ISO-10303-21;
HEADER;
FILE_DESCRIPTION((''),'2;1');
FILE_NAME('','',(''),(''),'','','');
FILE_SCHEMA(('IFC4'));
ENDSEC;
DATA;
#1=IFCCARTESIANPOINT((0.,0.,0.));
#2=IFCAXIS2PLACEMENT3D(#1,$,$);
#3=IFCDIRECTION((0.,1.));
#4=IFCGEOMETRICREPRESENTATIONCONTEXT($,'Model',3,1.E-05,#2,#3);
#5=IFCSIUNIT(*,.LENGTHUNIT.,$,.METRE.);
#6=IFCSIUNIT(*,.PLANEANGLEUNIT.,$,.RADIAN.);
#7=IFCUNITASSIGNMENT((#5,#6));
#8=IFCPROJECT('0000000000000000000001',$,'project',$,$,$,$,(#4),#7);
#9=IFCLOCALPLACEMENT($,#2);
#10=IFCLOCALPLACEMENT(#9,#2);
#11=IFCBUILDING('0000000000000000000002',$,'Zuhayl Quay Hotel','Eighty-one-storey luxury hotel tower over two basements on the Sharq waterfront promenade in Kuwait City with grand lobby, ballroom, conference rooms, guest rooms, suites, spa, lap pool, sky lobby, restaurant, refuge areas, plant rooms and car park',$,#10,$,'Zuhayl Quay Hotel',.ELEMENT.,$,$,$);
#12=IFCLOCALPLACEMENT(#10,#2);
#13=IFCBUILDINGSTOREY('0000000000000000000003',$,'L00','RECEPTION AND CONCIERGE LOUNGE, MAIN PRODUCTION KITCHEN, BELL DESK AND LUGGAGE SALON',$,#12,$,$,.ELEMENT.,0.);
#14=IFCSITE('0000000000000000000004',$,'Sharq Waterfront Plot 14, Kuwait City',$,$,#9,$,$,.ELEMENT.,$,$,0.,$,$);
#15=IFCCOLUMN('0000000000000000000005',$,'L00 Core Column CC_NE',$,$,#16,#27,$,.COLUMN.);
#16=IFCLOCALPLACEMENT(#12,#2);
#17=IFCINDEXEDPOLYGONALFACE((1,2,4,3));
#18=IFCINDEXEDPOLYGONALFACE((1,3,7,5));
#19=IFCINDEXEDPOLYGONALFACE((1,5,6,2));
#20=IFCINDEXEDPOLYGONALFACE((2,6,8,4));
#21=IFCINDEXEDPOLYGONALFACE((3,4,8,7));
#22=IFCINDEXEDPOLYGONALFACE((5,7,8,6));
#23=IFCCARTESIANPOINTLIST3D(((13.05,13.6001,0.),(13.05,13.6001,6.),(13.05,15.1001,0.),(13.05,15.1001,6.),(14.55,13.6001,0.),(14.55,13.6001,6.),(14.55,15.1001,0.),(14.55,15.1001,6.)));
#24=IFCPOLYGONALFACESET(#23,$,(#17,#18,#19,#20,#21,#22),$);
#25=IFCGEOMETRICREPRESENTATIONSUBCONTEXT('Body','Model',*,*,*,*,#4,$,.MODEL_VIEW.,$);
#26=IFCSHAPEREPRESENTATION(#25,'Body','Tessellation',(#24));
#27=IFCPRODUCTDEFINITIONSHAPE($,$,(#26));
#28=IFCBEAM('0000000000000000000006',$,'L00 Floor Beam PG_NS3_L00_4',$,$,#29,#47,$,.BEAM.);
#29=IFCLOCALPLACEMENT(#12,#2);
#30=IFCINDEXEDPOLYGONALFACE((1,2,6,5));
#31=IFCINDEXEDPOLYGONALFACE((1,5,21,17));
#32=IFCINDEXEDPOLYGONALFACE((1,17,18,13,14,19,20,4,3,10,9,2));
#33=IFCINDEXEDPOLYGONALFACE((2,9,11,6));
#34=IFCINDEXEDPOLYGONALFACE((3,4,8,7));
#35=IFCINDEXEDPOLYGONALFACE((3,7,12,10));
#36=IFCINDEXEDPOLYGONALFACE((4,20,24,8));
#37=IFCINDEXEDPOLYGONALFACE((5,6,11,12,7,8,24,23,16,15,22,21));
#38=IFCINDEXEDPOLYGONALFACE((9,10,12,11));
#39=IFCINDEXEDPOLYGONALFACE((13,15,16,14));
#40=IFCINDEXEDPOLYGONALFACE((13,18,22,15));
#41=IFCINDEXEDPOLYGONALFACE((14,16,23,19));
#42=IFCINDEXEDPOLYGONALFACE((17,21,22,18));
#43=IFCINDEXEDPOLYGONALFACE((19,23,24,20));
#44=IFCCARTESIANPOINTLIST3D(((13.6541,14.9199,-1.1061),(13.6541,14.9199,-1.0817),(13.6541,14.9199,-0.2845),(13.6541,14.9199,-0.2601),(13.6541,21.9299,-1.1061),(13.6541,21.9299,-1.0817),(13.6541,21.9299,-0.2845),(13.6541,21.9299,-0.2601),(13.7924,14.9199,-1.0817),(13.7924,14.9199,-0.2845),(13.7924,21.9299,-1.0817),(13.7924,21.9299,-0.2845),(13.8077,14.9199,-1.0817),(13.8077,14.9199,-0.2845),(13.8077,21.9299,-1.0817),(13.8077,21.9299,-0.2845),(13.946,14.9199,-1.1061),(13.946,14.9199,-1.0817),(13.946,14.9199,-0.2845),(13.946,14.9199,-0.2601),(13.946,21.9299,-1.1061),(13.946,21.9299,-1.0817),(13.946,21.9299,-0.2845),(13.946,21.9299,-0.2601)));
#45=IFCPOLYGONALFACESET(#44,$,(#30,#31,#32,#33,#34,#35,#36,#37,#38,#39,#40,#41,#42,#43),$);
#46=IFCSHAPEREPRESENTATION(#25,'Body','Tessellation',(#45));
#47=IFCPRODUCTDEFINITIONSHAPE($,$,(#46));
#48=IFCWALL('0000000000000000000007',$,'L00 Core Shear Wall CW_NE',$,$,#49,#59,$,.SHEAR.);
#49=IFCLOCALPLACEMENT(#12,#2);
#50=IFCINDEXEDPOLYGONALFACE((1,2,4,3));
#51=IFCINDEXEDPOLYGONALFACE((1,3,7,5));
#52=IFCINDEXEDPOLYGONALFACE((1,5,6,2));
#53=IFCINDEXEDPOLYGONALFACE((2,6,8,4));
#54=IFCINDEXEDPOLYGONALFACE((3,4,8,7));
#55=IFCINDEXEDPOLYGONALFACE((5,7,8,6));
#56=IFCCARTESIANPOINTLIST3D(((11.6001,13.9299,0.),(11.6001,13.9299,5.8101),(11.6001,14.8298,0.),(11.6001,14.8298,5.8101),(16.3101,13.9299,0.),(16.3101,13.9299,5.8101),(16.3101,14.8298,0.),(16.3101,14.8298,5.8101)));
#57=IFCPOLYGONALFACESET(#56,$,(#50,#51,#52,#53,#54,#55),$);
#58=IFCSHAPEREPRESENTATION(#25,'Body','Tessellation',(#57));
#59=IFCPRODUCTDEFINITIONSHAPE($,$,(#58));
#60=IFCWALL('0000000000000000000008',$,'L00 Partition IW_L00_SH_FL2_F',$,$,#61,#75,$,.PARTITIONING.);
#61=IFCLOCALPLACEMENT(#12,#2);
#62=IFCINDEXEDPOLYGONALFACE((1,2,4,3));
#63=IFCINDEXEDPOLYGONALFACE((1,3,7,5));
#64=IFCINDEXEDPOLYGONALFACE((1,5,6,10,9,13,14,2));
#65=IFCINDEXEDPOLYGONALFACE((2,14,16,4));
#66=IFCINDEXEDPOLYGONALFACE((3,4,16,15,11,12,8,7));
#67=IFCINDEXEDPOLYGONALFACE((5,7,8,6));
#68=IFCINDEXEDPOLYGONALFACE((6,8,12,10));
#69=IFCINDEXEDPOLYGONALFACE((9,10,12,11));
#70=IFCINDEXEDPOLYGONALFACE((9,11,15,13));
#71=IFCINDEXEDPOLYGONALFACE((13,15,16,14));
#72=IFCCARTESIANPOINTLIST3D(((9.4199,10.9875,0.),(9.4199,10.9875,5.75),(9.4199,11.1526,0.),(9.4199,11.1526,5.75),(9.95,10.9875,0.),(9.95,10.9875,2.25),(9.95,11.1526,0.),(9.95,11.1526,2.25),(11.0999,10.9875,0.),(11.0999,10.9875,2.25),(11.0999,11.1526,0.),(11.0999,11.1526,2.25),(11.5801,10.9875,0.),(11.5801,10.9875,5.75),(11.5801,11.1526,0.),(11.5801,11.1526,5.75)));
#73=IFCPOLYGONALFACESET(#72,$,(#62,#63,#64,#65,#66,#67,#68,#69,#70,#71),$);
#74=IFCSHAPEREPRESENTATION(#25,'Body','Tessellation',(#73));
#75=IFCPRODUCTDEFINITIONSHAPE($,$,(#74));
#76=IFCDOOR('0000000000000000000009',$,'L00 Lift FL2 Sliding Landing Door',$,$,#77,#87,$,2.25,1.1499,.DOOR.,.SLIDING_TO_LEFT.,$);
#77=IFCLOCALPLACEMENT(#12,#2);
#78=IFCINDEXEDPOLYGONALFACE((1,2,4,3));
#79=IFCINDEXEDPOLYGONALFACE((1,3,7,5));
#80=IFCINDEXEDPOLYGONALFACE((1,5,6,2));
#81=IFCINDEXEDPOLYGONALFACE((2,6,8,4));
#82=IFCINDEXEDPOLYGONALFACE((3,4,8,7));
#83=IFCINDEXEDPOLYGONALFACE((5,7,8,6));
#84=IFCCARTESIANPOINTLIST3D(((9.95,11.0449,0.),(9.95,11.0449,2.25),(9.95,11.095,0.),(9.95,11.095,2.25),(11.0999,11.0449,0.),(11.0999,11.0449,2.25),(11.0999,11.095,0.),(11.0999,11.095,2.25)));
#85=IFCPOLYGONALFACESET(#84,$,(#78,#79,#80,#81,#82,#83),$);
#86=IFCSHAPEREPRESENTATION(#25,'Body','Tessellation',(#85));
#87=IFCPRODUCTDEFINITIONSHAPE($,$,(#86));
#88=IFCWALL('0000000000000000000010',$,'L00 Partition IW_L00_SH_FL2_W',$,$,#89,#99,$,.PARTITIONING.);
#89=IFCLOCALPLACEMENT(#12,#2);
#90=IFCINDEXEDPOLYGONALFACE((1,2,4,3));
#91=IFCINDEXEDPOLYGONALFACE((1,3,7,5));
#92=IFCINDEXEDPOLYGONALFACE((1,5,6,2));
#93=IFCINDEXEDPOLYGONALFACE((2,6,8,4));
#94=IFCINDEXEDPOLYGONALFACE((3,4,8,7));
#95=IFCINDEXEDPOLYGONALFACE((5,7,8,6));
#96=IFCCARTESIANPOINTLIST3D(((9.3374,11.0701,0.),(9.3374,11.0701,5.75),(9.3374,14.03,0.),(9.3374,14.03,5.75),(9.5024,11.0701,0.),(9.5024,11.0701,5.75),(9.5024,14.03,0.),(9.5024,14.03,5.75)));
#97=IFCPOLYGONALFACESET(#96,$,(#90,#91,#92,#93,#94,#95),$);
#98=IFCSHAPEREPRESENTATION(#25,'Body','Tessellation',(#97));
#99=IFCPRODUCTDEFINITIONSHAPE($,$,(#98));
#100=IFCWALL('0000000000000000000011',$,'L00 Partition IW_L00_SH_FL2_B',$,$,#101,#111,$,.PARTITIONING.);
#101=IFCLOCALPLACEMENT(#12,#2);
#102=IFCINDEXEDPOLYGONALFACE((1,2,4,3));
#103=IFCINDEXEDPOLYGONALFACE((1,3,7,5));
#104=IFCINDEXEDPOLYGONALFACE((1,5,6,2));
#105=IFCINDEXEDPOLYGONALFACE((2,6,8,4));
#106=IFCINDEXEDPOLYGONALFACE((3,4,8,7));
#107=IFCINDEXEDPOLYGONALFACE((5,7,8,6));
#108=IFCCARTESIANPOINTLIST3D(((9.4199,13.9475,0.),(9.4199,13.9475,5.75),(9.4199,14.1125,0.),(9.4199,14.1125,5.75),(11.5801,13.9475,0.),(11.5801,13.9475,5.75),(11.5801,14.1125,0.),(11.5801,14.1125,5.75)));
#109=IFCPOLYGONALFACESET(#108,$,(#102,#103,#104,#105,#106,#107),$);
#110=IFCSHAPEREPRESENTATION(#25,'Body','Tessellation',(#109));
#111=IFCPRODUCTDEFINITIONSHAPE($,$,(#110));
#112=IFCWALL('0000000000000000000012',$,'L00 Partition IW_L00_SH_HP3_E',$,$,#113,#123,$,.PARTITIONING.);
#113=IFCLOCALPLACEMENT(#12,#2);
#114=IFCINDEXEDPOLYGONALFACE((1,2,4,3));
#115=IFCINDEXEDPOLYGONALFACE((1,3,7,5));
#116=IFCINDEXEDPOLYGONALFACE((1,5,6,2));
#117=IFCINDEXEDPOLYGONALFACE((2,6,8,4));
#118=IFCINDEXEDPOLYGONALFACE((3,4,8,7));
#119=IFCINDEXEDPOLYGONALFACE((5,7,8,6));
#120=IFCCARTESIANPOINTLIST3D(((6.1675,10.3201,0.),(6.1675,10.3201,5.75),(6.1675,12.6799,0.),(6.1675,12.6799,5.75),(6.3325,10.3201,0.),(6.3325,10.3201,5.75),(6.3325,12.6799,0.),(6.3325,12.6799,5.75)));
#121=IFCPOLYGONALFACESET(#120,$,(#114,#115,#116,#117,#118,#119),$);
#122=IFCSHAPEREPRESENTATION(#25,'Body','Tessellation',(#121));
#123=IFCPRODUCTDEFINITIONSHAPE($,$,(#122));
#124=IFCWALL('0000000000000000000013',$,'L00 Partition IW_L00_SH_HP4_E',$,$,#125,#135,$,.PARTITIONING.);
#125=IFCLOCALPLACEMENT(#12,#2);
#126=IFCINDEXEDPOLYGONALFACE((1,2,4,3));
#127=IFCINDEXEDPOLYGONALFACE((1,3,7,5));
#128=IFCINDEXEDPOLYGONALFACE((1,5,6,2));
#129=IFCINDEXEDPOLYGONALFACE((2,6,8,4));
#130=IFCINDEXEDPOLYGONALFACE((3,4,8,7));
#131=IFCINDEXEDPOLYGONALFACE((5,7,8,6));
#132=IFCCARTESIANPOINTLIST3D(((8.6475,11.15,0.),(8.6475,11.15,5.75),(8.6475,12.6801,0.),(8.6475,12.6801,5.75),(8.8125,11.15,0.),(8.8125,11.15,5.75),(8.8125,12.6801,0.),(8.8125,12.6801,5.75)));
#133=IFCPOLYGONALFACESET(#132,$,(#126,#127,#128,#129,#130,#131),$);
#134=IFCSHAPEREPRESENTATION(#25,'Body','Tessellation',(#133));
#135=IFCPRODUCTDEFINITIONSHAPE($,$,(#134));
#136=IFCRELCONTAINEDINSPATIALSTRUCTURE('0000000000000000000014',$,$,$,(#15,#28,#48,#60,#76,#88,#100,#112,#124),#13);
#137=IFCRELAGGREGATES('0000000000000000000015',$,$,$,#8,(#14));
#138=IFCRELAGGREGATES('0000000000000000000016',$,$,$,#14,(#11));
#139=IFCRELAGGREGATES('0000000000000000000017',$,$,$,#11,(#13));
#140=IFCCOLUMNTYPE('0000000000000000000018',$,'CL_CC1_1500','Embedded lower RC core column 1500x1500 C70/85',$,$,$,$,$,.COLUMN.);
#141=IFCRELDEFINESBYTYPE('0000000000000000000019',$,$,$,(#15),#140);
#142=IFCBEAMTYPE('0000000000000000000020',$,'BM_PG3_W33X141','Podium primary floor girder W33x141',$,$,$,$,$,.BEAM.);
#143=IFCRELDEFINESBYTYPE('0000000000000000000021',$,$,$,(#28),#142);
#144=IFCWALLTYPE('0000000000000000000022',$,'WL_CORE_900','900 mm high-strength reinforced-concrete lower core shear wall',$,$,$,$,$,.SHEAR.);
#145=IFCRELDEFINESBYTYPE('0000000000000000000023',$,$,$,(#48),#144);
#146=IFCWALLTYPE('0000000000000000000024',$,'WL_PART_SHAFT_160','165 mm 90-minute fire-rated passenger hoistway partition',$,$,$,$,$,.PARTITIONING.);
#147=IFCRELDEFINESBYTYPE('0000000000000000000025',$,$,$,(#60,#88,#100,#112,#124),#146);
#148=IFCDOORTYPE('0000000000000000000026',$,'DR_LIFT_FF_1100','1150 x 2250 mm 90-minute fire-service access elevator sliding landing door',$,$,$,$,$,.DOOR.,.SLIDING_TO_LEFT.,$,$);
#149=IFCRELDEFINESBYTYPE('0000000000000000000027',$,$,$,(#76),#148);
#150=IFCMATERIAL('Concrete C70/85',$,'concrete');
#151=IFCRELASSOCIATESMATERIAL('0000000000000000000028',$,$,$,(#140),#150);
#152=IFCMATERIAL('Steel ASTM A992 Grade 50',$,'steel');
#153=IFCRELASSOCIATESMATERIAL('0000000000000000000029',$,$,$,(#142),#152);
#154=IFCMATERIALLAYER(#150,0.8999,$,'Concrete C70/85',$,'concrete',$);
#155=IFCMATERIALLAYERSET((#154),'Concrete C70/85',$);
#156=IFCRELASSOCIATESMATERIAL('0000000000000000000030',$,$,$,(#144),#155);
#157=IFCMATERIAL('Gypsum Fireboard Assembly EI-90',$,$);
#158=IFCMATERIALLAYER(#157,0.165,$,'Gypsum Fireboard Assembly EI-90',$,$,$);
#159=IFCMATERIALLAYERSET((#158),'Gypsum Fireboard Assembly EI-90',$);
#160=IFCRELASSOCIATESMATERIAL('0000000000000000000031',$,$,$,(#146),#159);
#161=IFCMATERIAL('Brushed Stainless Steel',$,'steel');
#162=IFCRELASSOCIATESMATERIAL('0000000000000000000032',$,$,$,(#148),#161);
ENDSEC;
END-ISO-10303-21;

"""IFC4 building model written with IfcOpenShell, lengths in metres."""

from ifc_helpers import new_model, si_unit, direction, frame, frame_2d, origin, origin_2d, place, context, subcontext, project, spatial, rectangle, i_section, extrude, material, layer, layer_set, material_profile, profile_set, type_object, element, fill, save


model = new_model("IFC4")

# Units and contexts
model_context = context("Model", 3, precision=1e-05, world=origin(), true_north=direction((0.0, 1.0)))
body_context = subcontext(model_context, "Body", "Model", "MODEL_VIEW")
ifc_project = project(units=[si_unit("LENGTHUNIT", "METRE"), si_unit("PLANEANGLEUNIT", "RADIAN")], contexts=[model_context])

# Site, building, storey
site_placement = place(None, origin())
site = spatial("IfcSite", under=ifc_project, at=site_placement, Name="Sharq Waterfront Plot 14, Kuwait City", CompositionType="ELEMENT", RefElevation=0.0)
building_placement = place(site_placement, origin())
building = spatial("IfcBuilding", under=site, at=building_placement, Name="Zuhayl Quay Hotel", Description="Eighty-one-storey luxury hotel tower over two basements on the Sharq waterfront promenade in Kuwait City with grand lobby, ballroom, conference rooms, guest rooms, suites, spa, lap pool, sky lobby, restaurant, refuge areas, plant rooms and car park", LongName="Zuhayl Quay Hotel", CompositionType="ELEMENT")
storey_placement = place(building_placement, origin())
storey = spatial("IfcBuildingStorey", under=building, at=storey_placement, Name="L00", Description="RECEPTION AND CONCIERGE LOUNGE, MAIN PRODUCTION KITCHEN, BELL DESK AND LUGGAGE SALON", CompositionType="ELEMENT", Elevation=0.0)

# Column
ifc_material_1 = material(Name="Concrete C70/85", Category="concrete")
ifc_material_profile_1 = material_profile(ifc_material_1, rectangle(XDim=1.5, YDim=1.5, at=origin_2d()), Name="RC1500X1500")
ifc_profile_set_1 = profile_set([ifc_material_profile_1], Name="Concrete C70/85")
column_type = type_object("IfcColumnType", Name="CL_CC1_1500", Description="Embedded lower RC core column 1500x1500 C70/85", PredefinedType="COLUMN", material=ifc_profile_set_1)
column_placement = place(storey_placement, frame((13.8, 14.3501, 0.0), z_axis=(0.0, 0.0, 1.0), x_axis=(1.0, 0.0, 0.0)))
element("IfcColumn", 1, at=column_placement, inside=storey, type_object=column_type, Name="L00 Core Column CC_NE", PredefinedType="COLUMN", context=body_context, shape_type="SweptSolid", body=[
    extrude(rectangle(XDim=1.5, YDim=1.5, at=origin_2d()), origin(), (0.0, 0.0, 1.0), 6.0),
])

# Beam
ifc_material_2 = material(Name="Steel ASTM A992 Grade 50", Category="steel")
ifc_material_profile_2 = material_profile(ifc_material_2, i_section(OverallWidth=0.292, OverallDepth=0.8459, WebThickness=0.0154, FlangeThickness=0.0244, at=origin_2d()), Name="W33X141")
ifc_profile_set_2 = profile_set([ifc_material_profile_2], Name="Steel ASTM A992 Grade 50")
beam_type = type_object("IfcBeamType", Name="BM_PG3_W33X141", Description="Podium primary floor girder W33x141", PredefinedType="BEAM", material=ifc_profile_set_2)
beam_placement = place(storey_placement, frame((13.8, 14.9199, -0.6831), z_axis=(0.0, 1.0, 0.0), x_axis=(-1.0, 0.0, 0.0)))
element("IfcBeam", 2, at=beam_placement, inside=storey, type_object=beam_type, Name="L00 Floor Beam PG_NS3_L00_4", PredefinedType="BEAM", context=body_context, shape_type="SweptSolid", body=[
    extrude(i_section(OverallWidth=0.292, OverallDepth=0.8459, WebThickness=0.0154, FlangeThickness=0.0244, at=origin_2d()), origin(), (0.0, 0.0, 1.0), 7.01),
])

# Wall
ifc_layer_1 = layer(ifc_material_1, 0.8999, Name="Concrete C70/85", Category="concrete")
ifc_layer_set_1 = layer_set([ifc_layer_1], Name="Concrete C70/85")
wall_type_1 = type_object("IfcWallType", Name="WL_CORE_900", Description="900 mm high-strength reinforced-concrete lower core shear wall", PredefinedType="SHEAR", material=ifc_layer_set_1)
wall_1_placement = place(storey_placement, frame((11.6001, 14.3799, 0.0), z_axis=(0.0, 0.0, 1.0), x_axis=(1.0, 0.0, 0.0)))
element("IfcWall", 3, at=wall_1_placement, inside=storey, type_object=wall_type_1, Name="L00 Core Shear Wall CW_NE", PredefinedType="SHEAR", context=body_context, shape_type="SweptSolid", body=[
    extrude(rectangle(XDim=4.71, YDim=0.8999, at=frame_2d((2.355, 0.0))), origin(), (0.0, 0.0, 1.0), 5.8101),
])

# Wall, opening, door
ifc_material_3 = material(Name="Gypsum Fireboard Assembly EI-90")
ifc_layer_2 = layer(ifc_material_3, 0.165, Name="Gypsum Fireboard Assembly EI-90")
ifc_layer_set_2 = layer_set([ifc_layer_2], Name="Gypsum Fireboard Assembly EI-90")
wall_type_2 = type_object("IfcWallType", Name="WL_PART_SHAFT_160", Description="165 mm 90-minute fire-rated passenger hoistway partition", PredefinedType="PARTITIONING", material=ifc_layer_set_2)
wall_2_placement = place(storey_placement, frame((9.4199, 11.0701, 0.0), z_axis=(0.0, 0.0, 1.0), x_axis=(1.0, 0.0, 0.0)))
wall_2 = element("IfcWall", 4, at=wall_2_placement, inside=storey, type_object=wall_type_2, Name="L00 Partition IW_L00_SH_FL2_F", PredefinedType="PARTITIONING", context=body_context, shape_type="SweptSolid", body=[
    extrude(rectangle(XDim=2.1602, YDim=0.165, at=frame_2d((1.0801, 0.0))), origin(), (0.0, 0.0, 1.0), 5.75),
])
opening_1_placement = place(wall_2_placement, frame((0.53, 0.0, 0.0)))
opening_1 = element("IfcOpeningElement", 5, at=opening_1_placement, cuts=wall_2, PredefinedType="OPENING", context=body_context, shape_type="SweptSolid", body=[
    extrude(rectangle(XDim=1.1499, YDim=2.25, at=frame_2d((0.575, 1.125))), frame((0.0, 0.0925, 0.0), z_axis=(0.0, -1.0, 0.0), x_axis=(1.0, 0.0, 0.0)), (0.0, 0.0, 1.0), 0.1851),
])
ifc_material_4 = material(Name="Brushed Stainless Steel", Category="steel")
door_type_1 = type_object("IfcDoorType", Name="DR_LIFT_FF_1100", Description="1150 x 2250 mm 90-minute fire-service access elevator sliding landing door", OperationType="SLIDING_TO_LEFT", PredefinedType="DOOR", material=ifc_material_4)
door_1_placement = place(opening_1_placement, origin())
door_1 = element("IfcDoor", 6, at=door_1_placement, inside=storey, type_object=door_type_1, Name="L00 Lift FL2 Sliding Landing Door", OperationType="SLIDING_TO_LEFT", OverallHeight=2.25, OverallWidth=1.1499, PredefinedType="DOOR", context=body_context, shape_type="SweptSolid", body=[
    extrude(rectangle(XDim=1.1499, YDim=2.25, at=frame_2d((0.575, 1.125))), frame((0.0, 0.0249, 0.0), z_axis=(0.0, -1.0, 0.0), x_axis=(1.0, 0.0, 0.0)), (0.0, 0.0, 1.0), 0.05),
])
fill(opening_1, door_1)

# Walls
wall_3_placement = place(storey_placement, frame((9.4199, 11.0701, 0.0), z_axis=(0.0, 0.0, 1.0), x_axis=(0.0, 1.0, 0.0)))
element("IfcWall", 7, at=wall_3_placement, inside=storey, type_object=wall_type_2, Name="L00 Partition IW_L00_SH_FL2_W", PredefinedType="PARTITIONING", context=body_context, shape_type="SweptSolid", body=[
    extrude(rectangle(XDim=2.96, YDim=0.165, at=frame_2d((1.48, 0.0))), origin(), (0.0, 0.0, 1.0), 5.75),
])
wall_4_placement = place(storey_placement, frame((9.4199, 14.03, 0.0), z_axis=(0.0, 0.0, 1.0), x_axis=(1.0, 0.0, 0.0)))
element("IfcWall", 8, at=wall_4_placement, inside=storey, type_object=wall_type_2, Name="L00 Partition IW_L00_SH_FL2_B", PredefinedType="PARTITIONING", context=body_context, shape_type="SweptSolid", body=[
    extrude(rectangle(XDim=2.1602, YDim=0.165, at=frame_2d((1.0801, 0.0))), origin(), (0.0, 0.0, 1.0), 5.75),
])
wall_5_placement = place(storey_placement, frame((6.25, 10.3201, 0.0), z_axis=(0.0, 0.0, 1.0), x_axis=(0.0, 1.0, 0.0)))
element("IfcWall", 9, at=wall_5_placement, inside=storey, type_object=wall_type_2, Name="L00 Partition IW_L00_SH_HP3_E", PredefinedType="PARTITIONING", context=body_context, shape_type="SweptSolid", body=[
    extrude(rectangle(XDim=2.3599, YDim=0.165, at=frame_2d((1.1799, 0.0))), origin(), (0.0, 0.0, 1.0), 5.75),
])
wall_6_placement = place(storey_placement, frame((8.73, 11.1499, 0.0), z_axis=(0.0, 0.0, 1.0), x_axis=(0.0, 1.0, 0.0)))
element("IfcWall", 10, at=wall_6_placement, inside=storey, type_object=wall_type_2, Name="L00 Partition IW_L00_SH_HP4_E", PredefinedType="PARTITIONING", context=body_context, shape_type="SweptSolid", body=[
    extrude(rectangle(XDim=1.53, YDim=0.165, at=frame_2d((0.7651, 0.0))), origin(), (0.0, 0.0, 1.0), 5.75),
])

save(model, "model.ifc")
